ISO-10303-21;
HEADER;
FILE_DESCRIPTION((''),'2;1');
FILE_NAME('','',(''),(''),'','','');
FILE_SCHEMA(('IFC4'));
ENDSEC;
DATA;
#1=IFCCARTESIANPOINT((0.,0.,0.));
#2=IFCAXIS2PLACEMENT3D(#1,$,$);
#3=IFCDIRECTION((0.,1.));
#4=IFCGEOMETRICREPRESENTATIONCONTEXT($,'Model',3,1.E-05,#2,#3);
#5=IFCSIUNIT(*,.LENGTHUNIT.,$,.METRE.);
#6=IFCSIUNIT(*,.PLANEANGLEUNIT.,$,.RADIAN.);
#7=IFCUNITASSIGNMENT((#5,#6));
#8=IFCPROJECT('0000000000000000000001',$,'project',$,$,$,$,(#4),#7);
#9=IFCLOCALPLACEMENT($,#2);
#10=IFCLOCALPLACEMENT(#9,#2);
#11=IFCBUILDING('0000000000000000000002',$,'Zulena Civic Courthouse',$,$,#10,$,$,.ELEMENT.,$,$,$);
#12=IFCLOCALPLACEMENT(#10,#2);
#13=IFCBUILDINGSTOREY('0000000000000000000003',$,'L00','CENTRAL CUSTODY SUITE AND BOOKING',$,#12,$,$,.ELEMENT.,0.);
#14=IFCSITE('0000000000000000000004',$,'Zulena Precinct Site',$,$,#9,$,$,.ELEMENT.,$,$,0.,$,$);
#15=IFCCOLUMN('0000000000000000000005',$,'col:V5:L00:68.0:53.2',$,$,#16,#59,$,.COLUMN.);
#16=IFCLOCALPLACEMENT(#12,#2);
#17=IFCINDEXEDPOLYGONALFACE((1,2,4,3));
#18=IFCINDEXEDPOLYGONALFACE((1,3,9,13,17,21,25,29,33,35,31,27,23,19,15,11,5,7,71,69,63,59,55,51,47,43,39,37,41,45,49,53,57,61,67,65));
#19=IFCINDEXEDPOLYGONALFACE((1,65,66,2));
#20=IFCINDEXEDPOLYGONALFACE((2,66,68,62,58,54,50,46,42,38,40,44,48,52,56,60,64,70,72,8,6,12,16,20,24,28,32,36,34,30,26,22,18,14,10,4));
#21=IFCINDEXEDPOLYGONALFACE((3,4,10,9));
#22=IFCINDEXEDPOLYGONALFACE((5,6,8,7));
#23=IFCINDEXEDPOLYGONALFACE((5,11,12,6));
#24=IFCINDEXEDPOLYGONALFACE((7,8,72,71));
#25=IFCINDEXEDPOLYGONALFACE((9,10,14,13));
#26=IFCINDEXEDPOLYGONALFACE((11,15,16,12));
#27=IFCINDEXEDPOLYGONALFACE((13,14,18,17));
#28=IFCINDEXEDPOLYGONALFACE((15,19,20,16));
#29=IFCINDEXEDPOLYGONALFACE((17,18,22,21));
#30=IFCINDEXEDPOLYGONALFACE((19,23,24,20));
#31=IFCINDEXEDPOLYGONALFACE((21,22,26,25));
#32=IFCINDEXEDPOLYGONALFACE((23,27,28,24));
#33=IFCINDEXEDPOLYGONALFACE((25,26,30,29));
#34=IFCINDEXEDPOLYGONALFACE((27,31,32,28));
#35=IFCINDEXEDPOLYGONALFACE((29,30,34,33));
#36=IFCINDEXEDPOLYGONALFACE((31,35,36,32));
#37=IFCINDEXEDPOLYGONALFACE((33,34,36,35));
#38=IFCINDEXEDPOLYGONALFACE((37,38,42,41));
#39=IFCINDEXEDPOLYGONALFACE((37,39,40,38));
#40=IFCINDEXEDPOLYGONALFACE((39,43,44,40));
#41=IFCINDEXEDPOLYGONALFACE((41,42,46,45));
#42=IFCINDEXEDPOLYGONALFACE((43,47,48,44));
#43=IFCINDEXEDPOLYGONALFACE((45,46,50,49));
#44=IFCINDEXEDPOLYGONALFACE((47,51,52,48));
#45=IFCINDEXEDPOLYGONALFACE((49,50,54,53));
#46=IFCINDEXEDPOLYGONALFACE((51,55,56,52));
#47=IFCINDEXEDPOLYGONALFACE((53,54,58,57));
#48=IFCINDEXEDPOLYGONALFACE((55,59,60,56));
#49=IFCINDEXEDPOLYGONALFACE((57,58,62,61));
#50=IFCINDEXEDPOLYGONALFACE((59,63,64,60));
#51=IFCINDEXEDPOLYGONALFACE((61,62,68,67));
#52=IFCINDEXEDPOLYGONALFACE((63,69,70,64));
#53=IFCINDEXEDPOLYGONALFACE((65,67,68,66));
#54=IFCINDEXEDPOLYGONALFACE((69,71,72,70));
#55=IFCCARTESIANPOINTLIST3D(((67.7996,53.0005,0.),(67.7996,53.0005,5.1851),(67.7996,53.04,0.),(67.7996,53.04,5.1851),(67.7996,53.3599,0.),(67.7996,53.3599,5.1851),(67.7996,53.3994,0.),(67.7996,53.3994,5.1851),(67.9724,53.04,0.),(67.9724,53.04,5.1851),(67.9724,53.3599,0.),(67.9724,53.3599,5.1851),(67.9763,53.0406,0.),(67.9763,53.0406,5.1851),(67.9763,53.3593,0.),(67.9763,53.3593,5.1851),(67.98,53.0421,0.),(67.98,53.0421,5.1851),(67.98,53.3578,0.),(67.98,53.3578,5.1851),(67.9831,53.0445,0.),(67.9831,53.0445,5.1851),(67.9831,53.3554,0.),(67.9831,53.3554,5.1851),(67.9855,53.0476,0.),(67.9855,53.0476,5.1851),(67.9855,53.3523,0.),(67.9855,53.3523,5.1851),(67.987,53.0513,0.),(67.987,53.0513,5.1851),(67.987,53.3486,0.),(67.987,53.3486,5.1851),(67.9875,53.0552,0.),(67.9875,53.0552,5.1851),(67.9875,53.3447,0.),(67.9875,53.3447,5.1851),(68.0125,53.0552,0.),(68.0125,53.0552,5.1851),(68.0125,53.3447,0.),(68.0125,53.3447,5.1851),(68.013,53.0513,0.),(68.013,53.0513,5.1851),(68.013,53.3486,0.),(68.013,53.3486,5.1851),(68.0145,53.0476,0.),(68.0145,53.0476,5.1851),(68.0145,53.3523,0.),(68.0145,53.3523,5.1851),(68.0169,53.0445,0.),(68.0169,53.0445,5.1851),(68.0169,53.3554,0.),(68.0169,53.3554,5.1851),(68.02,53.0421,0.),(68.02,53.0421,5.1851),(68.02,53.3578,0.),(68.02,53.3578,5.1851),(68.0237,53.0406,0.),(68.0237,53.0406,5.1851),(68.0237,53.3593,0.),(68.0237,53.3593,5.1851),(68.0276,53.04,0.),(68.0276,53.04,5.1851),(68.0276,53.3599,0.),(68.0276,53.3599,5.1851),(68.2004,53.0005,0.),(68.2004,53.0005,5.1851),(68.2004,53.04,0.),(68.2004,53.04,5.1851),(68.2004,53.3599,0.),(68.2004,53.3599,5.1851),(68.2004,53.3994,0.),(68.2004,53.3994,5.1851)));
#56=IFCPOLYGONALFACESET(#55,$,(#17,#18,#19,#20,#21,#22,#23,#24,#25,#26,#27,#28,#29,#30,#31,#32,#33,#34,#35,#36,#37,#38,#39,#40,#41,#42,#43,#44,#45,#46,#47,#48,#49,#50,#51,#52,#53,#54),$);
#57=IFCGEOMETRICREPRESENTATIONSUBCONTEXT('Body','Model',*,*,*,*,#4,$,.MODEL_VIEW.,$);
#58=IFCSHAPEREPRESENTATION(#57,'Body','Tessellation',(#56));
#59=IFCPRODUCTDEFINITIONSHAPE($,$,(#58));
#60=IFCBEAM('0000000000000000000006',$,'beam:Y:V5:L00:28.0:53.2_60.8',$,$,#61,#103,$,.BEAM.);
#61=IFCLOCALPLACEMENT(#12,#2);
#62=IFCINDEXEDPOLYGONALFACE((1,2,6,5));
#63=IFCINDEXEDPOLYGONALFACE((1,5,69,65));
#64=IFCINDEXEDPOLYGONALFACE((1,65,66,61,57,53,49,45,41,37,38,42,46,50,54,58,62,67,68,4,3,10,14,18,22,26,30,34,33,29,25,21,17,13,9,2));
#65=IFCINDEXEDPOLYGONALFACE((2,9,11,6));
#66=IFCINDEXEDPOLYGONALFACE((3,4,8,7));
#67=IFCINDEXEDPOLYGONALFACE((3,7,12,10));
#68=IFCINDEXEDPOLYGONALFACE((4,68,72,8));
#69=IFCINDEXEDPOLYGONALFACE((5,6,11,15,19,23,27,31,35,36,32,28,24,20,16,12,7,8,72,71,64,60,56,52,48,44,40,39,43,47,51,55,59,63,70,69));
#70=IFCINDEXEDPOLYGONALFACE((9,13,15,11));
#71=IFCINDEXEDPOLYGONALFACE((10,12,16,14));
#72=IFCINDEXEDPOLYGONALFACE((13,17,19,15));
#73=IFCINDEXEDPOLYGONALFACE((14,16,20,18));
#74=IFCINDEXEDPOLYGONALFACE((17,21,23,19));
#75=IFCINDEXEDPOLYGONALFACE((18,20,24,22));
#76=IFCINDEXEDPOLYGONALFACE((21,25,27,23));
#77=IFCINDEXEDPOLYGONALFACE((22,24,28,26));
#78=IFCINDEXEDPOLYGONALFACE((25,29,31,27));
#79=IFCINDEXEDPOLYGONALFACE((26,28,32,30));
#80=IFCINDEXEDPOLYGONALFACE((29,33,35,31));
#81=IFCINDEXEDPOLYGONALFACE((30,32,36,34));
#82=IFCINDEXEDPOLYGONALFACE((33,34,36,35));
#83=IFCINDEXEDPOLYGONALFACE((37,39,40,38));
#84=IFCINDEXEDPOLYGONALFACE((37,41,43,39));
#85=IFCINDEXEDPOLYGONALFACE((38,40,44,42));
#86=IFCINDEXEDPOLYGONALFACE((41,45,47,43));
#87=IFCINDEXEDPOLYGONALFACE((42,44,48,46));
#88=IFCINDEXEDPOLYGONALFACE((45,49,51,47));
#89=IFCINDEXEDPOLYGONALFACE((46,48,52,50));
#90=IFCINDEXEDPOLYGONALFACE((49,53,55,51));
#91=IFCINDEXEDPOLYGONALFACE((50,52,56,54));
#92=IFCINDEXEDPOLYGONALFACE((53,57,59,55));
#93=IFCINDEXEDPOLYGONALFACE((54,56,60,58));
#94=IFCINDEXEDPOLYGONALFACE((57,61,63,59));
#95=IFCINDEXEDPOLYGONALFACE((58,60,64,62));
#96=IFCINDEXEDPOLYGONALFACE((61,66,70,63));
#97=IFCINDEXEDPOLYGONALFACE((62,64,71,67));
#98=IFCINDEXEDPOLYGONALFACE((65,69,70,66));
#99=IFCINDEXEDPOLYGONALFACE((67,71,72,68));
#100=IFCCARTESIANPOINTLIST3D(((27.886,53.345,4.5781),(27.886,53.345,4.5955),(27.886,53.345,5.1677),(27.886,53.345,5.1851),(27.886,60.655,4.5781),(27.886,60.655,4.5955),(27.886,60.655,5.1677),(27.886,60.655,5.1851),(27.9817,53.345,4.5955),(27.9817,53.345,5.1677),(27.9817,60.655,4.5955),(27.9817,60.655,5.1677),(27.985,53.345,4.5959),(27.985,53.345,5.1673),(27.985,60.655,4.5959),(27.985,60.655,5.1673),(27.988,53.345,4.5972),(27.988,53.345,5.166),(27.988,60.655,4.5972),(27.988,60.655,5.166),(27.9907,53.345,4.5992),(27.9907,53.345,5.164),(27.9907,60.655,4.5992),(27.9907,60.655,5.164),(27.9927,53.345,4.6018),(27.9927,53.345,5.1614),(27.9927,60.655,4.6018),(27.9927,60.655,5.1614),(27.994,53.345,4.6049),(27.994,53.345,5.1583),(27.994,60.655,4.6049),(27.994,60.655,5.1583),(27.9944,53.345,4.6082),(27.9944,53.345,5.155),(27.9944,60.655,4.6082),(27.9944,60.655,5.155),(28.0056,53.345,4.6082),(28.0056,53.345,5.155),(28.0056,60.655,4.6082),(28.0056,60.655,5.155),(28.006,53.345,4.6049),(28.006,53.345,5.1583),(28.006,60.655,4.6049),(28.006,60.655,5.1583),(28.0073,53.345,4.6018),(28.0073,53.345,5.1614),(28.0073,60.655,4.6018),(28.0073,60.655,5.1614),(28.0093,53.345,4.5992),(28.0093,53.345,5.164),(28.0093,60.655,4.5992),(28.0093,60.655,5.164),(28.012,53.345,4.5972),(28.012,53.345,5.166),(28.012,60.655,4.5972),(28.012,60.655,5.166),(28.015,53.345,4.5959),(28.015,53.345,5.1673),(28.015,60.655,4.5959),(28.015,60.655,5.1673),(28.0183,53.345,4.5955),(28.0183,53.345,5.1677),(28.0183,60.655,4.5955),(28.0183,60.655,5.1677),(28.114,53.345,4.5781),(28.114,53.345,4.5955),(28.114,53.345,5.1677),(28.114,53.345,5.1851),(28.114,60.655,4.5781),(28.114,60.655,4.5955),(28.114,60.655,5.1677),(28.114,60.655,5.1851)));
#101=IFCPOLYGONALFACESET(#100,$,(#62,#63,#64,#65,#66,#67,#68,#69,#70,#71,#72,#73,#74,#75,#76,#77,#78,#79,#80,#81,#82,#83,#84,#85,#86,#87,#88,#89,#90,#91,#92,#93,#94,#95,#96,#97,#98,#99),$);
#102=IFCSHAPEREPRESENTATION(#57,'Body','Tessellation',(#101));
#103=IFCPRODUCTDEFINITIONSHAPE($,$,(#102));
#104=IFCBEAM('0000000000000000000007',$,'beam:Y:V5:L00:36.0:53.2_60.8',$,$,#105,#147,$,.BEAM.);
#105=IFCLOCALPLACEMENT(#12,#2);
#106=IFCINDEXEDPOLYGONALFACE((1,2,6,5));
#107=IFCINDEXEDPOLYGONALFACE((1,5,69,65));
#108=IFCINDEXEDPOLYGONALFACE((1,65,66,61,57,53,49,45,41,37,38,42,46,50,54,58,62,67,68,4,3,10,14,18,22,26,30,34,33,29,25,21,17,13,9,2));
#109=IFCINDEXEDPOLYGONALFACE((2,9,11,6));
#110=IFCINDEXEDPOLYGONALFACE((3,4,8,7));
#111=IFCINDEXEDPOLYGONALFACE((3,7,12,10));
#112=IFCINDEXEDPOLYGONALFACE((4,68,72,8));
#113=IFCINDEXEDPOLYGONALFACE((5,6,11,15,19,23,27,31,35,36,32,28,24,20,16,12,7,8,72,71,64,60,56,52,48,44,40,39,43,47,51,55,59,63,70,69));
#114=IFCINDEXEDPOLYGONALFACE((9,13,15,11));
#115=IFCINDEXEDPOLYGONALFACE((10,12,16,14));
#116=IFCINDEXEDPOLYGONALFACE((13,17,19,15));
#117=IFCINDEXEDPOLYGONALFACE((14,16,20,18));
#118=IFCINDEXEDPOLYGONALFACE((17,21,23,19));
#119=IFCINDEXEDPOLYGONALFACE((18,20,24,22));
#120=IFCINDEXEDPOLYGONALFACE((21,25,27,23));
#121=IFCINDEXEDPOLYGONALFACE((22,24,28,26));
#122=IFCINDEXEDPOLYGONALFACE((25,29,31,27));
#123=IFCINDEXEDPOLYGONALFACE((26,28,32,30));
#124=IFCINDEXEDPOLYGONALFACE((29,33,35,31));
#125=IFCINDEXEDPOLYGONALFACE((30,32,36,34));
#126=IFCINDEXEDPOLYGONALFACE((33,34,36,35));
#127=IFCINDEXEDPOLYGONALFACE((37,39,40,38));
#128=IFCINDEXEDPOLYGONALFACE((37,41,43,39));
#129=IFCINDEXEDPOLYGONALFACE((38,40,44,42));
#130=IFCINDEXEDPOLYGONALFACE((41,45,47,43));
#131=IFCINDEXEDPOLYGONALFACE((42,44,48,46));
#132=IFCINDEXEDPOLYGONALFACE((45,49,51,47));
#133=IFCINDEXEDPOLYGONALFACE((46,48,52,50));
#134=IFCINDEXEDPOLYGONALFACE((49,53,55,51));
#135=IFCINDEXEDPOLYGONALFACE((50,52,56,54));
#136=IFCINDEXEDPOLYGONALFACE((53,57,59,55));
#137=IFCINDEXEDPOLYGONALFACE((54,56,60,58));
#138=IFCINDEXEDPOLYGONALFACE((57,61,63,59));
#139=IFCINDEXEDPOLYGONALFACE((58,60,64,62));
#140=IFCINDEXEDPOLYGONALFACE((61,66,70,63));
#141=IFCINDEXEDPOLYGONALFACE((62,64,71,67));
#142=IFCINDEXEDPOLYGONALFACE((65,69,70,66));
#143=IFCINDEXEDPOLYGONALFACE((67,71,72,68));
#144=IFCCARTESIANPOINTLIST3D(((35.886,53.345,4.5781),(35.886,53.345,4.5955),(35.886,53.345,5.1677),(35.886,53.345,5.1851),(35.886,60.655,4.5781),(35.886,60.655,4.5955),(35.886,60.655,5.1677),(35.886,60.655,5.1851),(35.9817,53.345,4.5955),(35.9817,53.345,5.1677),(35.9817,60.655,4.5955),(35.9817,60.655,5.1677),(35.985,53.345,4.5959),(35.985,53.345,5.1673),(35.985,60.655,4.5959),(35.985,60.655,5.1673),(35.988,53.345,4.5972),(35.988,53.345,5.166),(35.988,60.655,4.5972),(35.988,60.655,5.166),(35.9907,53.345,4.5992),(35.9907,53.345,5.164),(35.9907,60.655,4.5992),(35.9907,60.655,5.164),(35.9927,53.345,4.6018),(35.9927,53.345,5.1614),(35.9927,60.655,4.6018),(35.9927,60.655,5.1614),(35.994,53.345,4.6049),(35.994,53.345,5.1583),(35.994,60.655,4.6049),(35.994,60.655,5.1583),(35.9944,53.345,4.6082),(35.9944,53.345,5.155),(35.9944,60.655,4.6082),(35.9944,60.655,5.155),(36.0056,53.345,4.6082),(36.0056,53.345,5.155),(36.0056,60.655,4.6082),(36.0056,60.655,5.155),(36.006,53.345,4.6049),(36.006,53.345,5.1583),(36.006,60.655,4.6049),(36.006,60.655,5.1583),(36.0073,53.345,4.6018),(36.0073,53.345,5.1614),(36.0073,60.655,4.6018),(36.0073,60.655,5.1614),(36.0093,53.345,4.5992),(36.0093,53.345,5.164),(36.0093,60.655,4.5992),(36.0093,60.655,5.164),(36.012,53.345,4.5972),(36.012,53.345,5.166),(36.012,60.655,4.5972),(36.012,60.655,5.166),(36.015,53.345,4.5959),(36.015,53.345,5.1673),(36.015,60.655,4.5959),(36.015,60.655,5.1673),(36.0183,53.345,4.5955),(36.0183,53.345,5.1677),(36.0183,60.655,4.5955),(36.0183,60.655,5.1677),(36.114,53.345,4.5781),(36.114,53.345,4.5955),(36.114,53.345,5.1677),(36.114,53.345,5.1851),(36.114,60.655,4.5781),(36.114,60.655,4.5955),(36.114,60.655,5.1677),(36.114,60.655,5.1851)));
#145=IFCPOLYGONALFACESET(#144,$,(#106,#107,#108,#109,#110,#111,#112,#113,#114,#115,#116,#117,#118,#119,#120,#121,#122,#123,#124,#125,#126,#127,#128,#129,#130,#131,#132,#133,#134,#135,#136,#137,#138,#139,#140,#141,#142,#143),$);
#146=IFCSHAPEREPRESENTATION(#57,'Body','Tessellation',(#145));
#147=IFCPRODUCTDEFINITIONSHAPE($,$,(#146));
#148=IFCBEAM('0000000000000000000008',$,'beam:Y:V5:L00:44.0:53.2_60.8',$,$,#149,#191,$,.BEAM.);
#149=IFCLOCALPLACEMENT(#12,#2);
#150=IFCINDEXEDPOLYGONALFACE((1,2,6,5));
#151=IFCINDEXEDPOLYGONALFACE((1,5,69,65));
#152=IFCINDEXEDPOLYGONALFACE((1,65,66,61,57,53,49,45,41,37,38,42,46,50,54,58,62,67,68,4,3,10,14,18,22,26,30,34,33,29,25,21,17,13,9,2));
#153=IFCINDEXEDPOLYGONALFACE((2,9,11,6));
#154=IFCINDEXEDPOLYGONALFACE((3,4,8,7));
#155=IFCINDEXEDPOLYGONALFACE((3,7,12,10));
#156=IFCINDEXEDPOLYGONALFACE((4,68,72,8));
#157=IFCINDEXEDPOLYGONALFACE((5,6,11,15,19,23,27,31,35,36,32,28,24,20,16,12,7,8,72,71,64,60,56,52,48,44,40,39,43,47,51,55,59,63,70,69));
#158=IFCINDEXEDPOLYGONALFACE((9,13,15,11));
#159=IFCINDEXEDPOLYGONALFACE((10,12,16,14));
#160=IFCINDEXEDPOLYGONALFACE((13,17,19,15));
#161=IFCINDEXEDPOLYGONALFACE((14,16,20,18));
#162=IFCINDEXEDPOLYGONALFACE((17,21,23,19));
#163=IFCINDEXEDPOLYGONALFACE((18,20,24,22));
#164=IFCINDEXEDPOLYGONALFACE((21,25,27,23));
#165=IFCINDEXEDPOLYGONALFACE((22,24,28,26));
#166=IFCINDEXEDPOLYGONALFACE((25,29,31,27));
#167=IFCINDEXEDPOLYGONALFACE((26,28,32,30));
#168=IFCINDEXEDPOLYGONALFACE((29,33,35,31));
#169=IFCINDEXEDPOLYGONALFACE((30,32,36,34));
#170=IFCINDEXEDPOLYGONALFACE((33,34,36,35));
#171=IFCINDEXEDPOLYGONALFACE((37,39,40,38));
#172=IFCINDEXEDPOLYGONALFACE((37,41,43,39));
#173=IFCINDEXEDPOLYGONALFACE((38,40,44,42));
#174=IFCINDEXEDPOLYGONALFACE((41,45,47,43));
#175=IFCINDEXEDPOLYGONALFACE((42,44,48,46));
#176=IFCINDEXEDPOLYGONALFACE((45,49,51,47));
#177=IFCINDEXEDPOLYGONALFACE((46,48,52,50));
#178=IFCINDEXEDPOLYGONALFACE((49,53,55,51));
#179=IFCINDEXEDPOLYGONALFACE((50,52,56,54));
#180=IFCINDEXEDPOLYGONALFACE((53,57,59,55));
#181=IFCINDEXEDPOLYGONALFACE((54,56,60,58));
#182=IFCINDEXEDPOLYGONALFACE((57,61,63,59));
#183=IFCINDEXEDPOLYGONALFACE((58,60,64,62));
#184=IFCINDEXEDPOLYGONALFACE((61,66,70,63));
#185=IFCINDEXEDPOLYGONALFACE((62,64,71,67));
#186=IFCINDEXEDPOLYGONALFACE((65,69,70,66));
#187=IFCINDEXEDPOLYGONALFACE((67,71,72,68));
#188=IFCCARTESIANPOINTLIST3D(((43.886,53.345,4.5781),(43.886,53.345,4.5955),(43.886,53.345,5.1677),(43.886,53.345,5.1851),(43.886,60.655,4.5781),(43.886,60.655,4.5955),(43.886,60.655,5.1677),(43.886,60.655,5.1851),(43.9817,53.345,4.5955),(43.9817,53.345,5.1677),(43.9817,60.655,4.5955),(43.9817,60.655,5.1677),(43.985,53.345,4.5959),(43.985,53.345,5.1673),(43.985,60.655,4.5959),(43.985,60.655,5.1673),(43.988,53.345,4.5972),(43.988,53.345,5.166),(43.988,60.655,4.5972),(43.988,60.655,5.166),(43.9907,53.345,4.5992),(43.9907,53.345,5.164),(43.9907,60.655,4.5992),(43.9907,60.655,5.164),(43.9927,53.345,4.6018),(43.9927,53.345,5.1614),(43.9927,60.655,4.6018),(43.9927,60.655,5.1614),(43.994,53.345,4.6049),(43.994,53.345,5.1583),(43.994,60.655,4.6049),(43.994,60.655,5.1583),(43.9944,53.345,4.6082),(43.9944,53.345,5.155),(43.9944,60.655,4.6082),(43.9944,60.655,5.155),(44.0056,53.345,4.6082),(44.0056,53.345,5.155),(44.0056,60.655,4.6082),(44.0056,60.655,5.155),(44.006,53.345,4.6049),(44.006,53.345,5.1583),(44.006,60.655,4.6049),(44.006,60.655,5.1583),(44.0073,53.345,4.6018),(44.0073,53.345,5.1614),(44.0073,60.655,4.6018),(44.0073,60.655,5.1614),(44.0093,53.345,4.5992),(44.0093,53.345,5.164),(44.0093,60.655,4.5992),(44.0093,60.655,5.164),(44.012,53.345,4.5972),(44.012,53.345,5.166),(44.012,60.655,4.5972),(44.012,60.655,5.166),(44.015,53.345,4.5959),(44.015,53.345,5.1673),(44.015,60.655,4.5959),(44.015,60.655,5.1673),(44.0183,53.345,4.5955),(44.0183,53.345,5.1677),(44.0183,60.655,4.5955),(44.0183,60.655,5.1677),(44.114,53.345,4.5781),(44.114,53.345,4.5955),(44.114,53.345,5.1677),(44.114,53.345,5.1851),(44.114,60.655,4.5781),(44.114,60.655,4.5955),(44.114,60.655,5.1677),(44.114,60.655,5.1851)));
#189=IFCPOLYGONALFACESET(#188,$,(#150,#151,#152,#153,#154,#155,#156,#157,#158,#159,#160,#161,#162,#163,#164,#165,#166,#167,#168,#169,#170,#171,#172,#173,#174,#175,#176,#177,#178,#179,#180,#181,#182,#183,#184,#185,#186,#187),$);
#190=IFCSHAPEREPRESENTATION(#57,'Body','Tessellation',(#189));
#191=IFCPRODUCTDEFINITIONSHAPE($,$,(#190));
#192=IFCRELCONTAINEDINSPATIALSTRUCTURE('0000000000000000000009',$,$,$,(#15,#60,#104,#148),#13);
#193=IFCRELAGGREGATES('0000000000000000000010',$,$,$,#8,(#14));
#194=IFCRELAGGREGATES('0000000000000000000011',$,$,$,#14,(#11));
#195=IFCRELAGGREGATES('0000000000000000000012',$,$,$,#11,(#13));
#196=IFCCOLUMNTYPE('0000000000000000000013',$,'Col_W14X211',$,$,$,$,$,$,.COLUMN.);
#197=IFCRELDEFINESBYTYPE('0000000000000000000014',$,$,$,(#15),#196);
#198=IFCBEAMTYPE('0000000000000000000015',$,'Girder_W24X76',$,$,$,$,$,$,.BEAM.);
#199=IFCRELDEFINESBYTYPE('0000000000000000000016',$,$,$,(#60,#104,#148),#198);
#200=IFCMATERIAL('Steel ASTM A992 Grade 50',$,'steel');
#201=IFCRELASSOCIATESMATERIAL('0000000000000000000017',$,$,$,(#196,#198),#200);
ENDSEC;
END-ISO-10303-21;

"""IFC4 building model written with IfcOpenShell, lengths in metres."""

from ifc_helpers import new_model, si_unit, direction, frame, origin, origin_2d, place, context, subcontext, project, spatial, i_section, extrude, material, material_profile, profile_set, type_object, element, save


model = new_model("IFC4")

# Units and contexts
model_context = context("Model", 3, precision=1e-05, world=origin(), true_north=direction((0.0, 1.0)))
body_context = subcontext(model_context, "Body", "Model", "MODEL_VIEW")
ifc_project = project(units=[si_unit("LENGTHUNIT", "METRE"), si_unit("PLANEANGLEUNIT", "RADIAN")], contexts=[model_context])

# Site, building, storey
site_placement = place(None, origin())
site = spatial("IfcSite", under=ifc_project, at=site_placement, Name="Zulena Precinct Site", CompositionType="ELEMENT", RefElevation=0.0)
building_placement = place(site_placement, origin())
building = spatial("IfcBuilding", under=site, at=building_placement, Name="Zulena Civic Courthouse", CompositionType="ELEMENT")
storey_placement = place(building_placement, origin())
storey = spatial("IfcBuildingStorey", under=building, at=storey_placement, Name="L00", Description="CENTRAL CUSTODY SUITE AND BOOKING", CompositionType="ELEMENT", Elevation=0.0)

# Column
ifc_material_1 = material(Name="Steel ASTM A992 Grade 50", Category="steel")
ifc_material_profile_1 = material_profile(ifc_material_1, i_section(OverallWidth=0.4009, OverallDepth=0.3989, WebThickness=0.0249, FlangeThickness=0.0396, FilletRadius=0.0151, at=origin_2d()), Name="W14X211")
ifc_profile_set_1 = profile_set([ifc_material_profile_1], Name="Steel ASTM A992 Grade 50")
column_type = type_object("IfcColumnType", Name="Col_W14X211", PredefinedType="COLUMN", material=ifc_profile_set_1)
for number, where, z_axis, x_axis, name in (
    (1, (68.0, 53.2, 0.0), (0.0, 0.0, 1.0), (1.0, 0.0, 0.0), "col:V5:L00:68.0:53.2"),
):
    element("IfcColumn", number, at=place(storey_placement, frame(where, z_axis=z_axis, x_axis=x_axis)), inside=storey, type_object=column_type, Name=name, PredefinedType="COLUMN", context=body_context, shape_type="SweptSolid", body=[
        extrude(i_section(OverallWidth=0.4009, OverallDepth=0.3989, WebThickness=0.0249, FlangeThickness=0.0396, FilletRadius=0.0151, at=origin_2d()), origin(), (0.0, 0.0, 1.0), 5.1851),
    ])

# Beams
ifc_material_profile_2 = material_profile(ifc_material_1, i_section(OverallWidth=0.228, OverallDepth=0.6069, WebThickness=0.0112, FlangeThickness=0.0173, FilletRadius=0.0127, at=origin_2d()), Name="W24X76")
ifc_profile_set_2 = profile_set([ifc_material_profile_2], Name="Steel ASTM A992 Grade 50")
beam_type_1 = type_object("IfcBeamType", Name="Girder_W24X76", PredefinedType="BEAM", material=ifc_profile_set_2)
for number, where, z_axis, x_axis, name in (
    (2, (28.0, 53.345, 4.8816), (0.0, 1.0, 0.0), (-1.0, 0.0, 0.0), "beam:Y:V5:L00:28.0:53.2_60.8"),
    (3, (36.0, 53.345, 4.8816), (0.0, 1.0, 0.0), (-1.0, 0.0, 0.0), "beam:Y:V5:L00:36.0:53.2_60.8"),
    (4, (44.0, 53.345, 4.8816), (0.0, 1.0, 0.0), (-1.0, 0.0, 0.0), "beam:Y:V5:L00:44.0:53.2_60.8"),
):
    element("IfcBeam", number, at=place(storey_placement, frame(where, z_axis=z_axis, x_axis=x_axis)), inside=storey, type_object=beam_type_1, Name=name, PredefinedType="BEAM", context=body_context, shape_type="SweptSolid", body=[
        extrude(i_section(OverallWidth=0.228, OverallDepth=0.6069, WebThickness=0.0112, FlangeThickness=0.0173, FilletRadius=0.0127, at=origin_2d()), origin(), (0.0, 0.0, 1.0), 7.3101),
    ])

save(model, "model.ifc")
